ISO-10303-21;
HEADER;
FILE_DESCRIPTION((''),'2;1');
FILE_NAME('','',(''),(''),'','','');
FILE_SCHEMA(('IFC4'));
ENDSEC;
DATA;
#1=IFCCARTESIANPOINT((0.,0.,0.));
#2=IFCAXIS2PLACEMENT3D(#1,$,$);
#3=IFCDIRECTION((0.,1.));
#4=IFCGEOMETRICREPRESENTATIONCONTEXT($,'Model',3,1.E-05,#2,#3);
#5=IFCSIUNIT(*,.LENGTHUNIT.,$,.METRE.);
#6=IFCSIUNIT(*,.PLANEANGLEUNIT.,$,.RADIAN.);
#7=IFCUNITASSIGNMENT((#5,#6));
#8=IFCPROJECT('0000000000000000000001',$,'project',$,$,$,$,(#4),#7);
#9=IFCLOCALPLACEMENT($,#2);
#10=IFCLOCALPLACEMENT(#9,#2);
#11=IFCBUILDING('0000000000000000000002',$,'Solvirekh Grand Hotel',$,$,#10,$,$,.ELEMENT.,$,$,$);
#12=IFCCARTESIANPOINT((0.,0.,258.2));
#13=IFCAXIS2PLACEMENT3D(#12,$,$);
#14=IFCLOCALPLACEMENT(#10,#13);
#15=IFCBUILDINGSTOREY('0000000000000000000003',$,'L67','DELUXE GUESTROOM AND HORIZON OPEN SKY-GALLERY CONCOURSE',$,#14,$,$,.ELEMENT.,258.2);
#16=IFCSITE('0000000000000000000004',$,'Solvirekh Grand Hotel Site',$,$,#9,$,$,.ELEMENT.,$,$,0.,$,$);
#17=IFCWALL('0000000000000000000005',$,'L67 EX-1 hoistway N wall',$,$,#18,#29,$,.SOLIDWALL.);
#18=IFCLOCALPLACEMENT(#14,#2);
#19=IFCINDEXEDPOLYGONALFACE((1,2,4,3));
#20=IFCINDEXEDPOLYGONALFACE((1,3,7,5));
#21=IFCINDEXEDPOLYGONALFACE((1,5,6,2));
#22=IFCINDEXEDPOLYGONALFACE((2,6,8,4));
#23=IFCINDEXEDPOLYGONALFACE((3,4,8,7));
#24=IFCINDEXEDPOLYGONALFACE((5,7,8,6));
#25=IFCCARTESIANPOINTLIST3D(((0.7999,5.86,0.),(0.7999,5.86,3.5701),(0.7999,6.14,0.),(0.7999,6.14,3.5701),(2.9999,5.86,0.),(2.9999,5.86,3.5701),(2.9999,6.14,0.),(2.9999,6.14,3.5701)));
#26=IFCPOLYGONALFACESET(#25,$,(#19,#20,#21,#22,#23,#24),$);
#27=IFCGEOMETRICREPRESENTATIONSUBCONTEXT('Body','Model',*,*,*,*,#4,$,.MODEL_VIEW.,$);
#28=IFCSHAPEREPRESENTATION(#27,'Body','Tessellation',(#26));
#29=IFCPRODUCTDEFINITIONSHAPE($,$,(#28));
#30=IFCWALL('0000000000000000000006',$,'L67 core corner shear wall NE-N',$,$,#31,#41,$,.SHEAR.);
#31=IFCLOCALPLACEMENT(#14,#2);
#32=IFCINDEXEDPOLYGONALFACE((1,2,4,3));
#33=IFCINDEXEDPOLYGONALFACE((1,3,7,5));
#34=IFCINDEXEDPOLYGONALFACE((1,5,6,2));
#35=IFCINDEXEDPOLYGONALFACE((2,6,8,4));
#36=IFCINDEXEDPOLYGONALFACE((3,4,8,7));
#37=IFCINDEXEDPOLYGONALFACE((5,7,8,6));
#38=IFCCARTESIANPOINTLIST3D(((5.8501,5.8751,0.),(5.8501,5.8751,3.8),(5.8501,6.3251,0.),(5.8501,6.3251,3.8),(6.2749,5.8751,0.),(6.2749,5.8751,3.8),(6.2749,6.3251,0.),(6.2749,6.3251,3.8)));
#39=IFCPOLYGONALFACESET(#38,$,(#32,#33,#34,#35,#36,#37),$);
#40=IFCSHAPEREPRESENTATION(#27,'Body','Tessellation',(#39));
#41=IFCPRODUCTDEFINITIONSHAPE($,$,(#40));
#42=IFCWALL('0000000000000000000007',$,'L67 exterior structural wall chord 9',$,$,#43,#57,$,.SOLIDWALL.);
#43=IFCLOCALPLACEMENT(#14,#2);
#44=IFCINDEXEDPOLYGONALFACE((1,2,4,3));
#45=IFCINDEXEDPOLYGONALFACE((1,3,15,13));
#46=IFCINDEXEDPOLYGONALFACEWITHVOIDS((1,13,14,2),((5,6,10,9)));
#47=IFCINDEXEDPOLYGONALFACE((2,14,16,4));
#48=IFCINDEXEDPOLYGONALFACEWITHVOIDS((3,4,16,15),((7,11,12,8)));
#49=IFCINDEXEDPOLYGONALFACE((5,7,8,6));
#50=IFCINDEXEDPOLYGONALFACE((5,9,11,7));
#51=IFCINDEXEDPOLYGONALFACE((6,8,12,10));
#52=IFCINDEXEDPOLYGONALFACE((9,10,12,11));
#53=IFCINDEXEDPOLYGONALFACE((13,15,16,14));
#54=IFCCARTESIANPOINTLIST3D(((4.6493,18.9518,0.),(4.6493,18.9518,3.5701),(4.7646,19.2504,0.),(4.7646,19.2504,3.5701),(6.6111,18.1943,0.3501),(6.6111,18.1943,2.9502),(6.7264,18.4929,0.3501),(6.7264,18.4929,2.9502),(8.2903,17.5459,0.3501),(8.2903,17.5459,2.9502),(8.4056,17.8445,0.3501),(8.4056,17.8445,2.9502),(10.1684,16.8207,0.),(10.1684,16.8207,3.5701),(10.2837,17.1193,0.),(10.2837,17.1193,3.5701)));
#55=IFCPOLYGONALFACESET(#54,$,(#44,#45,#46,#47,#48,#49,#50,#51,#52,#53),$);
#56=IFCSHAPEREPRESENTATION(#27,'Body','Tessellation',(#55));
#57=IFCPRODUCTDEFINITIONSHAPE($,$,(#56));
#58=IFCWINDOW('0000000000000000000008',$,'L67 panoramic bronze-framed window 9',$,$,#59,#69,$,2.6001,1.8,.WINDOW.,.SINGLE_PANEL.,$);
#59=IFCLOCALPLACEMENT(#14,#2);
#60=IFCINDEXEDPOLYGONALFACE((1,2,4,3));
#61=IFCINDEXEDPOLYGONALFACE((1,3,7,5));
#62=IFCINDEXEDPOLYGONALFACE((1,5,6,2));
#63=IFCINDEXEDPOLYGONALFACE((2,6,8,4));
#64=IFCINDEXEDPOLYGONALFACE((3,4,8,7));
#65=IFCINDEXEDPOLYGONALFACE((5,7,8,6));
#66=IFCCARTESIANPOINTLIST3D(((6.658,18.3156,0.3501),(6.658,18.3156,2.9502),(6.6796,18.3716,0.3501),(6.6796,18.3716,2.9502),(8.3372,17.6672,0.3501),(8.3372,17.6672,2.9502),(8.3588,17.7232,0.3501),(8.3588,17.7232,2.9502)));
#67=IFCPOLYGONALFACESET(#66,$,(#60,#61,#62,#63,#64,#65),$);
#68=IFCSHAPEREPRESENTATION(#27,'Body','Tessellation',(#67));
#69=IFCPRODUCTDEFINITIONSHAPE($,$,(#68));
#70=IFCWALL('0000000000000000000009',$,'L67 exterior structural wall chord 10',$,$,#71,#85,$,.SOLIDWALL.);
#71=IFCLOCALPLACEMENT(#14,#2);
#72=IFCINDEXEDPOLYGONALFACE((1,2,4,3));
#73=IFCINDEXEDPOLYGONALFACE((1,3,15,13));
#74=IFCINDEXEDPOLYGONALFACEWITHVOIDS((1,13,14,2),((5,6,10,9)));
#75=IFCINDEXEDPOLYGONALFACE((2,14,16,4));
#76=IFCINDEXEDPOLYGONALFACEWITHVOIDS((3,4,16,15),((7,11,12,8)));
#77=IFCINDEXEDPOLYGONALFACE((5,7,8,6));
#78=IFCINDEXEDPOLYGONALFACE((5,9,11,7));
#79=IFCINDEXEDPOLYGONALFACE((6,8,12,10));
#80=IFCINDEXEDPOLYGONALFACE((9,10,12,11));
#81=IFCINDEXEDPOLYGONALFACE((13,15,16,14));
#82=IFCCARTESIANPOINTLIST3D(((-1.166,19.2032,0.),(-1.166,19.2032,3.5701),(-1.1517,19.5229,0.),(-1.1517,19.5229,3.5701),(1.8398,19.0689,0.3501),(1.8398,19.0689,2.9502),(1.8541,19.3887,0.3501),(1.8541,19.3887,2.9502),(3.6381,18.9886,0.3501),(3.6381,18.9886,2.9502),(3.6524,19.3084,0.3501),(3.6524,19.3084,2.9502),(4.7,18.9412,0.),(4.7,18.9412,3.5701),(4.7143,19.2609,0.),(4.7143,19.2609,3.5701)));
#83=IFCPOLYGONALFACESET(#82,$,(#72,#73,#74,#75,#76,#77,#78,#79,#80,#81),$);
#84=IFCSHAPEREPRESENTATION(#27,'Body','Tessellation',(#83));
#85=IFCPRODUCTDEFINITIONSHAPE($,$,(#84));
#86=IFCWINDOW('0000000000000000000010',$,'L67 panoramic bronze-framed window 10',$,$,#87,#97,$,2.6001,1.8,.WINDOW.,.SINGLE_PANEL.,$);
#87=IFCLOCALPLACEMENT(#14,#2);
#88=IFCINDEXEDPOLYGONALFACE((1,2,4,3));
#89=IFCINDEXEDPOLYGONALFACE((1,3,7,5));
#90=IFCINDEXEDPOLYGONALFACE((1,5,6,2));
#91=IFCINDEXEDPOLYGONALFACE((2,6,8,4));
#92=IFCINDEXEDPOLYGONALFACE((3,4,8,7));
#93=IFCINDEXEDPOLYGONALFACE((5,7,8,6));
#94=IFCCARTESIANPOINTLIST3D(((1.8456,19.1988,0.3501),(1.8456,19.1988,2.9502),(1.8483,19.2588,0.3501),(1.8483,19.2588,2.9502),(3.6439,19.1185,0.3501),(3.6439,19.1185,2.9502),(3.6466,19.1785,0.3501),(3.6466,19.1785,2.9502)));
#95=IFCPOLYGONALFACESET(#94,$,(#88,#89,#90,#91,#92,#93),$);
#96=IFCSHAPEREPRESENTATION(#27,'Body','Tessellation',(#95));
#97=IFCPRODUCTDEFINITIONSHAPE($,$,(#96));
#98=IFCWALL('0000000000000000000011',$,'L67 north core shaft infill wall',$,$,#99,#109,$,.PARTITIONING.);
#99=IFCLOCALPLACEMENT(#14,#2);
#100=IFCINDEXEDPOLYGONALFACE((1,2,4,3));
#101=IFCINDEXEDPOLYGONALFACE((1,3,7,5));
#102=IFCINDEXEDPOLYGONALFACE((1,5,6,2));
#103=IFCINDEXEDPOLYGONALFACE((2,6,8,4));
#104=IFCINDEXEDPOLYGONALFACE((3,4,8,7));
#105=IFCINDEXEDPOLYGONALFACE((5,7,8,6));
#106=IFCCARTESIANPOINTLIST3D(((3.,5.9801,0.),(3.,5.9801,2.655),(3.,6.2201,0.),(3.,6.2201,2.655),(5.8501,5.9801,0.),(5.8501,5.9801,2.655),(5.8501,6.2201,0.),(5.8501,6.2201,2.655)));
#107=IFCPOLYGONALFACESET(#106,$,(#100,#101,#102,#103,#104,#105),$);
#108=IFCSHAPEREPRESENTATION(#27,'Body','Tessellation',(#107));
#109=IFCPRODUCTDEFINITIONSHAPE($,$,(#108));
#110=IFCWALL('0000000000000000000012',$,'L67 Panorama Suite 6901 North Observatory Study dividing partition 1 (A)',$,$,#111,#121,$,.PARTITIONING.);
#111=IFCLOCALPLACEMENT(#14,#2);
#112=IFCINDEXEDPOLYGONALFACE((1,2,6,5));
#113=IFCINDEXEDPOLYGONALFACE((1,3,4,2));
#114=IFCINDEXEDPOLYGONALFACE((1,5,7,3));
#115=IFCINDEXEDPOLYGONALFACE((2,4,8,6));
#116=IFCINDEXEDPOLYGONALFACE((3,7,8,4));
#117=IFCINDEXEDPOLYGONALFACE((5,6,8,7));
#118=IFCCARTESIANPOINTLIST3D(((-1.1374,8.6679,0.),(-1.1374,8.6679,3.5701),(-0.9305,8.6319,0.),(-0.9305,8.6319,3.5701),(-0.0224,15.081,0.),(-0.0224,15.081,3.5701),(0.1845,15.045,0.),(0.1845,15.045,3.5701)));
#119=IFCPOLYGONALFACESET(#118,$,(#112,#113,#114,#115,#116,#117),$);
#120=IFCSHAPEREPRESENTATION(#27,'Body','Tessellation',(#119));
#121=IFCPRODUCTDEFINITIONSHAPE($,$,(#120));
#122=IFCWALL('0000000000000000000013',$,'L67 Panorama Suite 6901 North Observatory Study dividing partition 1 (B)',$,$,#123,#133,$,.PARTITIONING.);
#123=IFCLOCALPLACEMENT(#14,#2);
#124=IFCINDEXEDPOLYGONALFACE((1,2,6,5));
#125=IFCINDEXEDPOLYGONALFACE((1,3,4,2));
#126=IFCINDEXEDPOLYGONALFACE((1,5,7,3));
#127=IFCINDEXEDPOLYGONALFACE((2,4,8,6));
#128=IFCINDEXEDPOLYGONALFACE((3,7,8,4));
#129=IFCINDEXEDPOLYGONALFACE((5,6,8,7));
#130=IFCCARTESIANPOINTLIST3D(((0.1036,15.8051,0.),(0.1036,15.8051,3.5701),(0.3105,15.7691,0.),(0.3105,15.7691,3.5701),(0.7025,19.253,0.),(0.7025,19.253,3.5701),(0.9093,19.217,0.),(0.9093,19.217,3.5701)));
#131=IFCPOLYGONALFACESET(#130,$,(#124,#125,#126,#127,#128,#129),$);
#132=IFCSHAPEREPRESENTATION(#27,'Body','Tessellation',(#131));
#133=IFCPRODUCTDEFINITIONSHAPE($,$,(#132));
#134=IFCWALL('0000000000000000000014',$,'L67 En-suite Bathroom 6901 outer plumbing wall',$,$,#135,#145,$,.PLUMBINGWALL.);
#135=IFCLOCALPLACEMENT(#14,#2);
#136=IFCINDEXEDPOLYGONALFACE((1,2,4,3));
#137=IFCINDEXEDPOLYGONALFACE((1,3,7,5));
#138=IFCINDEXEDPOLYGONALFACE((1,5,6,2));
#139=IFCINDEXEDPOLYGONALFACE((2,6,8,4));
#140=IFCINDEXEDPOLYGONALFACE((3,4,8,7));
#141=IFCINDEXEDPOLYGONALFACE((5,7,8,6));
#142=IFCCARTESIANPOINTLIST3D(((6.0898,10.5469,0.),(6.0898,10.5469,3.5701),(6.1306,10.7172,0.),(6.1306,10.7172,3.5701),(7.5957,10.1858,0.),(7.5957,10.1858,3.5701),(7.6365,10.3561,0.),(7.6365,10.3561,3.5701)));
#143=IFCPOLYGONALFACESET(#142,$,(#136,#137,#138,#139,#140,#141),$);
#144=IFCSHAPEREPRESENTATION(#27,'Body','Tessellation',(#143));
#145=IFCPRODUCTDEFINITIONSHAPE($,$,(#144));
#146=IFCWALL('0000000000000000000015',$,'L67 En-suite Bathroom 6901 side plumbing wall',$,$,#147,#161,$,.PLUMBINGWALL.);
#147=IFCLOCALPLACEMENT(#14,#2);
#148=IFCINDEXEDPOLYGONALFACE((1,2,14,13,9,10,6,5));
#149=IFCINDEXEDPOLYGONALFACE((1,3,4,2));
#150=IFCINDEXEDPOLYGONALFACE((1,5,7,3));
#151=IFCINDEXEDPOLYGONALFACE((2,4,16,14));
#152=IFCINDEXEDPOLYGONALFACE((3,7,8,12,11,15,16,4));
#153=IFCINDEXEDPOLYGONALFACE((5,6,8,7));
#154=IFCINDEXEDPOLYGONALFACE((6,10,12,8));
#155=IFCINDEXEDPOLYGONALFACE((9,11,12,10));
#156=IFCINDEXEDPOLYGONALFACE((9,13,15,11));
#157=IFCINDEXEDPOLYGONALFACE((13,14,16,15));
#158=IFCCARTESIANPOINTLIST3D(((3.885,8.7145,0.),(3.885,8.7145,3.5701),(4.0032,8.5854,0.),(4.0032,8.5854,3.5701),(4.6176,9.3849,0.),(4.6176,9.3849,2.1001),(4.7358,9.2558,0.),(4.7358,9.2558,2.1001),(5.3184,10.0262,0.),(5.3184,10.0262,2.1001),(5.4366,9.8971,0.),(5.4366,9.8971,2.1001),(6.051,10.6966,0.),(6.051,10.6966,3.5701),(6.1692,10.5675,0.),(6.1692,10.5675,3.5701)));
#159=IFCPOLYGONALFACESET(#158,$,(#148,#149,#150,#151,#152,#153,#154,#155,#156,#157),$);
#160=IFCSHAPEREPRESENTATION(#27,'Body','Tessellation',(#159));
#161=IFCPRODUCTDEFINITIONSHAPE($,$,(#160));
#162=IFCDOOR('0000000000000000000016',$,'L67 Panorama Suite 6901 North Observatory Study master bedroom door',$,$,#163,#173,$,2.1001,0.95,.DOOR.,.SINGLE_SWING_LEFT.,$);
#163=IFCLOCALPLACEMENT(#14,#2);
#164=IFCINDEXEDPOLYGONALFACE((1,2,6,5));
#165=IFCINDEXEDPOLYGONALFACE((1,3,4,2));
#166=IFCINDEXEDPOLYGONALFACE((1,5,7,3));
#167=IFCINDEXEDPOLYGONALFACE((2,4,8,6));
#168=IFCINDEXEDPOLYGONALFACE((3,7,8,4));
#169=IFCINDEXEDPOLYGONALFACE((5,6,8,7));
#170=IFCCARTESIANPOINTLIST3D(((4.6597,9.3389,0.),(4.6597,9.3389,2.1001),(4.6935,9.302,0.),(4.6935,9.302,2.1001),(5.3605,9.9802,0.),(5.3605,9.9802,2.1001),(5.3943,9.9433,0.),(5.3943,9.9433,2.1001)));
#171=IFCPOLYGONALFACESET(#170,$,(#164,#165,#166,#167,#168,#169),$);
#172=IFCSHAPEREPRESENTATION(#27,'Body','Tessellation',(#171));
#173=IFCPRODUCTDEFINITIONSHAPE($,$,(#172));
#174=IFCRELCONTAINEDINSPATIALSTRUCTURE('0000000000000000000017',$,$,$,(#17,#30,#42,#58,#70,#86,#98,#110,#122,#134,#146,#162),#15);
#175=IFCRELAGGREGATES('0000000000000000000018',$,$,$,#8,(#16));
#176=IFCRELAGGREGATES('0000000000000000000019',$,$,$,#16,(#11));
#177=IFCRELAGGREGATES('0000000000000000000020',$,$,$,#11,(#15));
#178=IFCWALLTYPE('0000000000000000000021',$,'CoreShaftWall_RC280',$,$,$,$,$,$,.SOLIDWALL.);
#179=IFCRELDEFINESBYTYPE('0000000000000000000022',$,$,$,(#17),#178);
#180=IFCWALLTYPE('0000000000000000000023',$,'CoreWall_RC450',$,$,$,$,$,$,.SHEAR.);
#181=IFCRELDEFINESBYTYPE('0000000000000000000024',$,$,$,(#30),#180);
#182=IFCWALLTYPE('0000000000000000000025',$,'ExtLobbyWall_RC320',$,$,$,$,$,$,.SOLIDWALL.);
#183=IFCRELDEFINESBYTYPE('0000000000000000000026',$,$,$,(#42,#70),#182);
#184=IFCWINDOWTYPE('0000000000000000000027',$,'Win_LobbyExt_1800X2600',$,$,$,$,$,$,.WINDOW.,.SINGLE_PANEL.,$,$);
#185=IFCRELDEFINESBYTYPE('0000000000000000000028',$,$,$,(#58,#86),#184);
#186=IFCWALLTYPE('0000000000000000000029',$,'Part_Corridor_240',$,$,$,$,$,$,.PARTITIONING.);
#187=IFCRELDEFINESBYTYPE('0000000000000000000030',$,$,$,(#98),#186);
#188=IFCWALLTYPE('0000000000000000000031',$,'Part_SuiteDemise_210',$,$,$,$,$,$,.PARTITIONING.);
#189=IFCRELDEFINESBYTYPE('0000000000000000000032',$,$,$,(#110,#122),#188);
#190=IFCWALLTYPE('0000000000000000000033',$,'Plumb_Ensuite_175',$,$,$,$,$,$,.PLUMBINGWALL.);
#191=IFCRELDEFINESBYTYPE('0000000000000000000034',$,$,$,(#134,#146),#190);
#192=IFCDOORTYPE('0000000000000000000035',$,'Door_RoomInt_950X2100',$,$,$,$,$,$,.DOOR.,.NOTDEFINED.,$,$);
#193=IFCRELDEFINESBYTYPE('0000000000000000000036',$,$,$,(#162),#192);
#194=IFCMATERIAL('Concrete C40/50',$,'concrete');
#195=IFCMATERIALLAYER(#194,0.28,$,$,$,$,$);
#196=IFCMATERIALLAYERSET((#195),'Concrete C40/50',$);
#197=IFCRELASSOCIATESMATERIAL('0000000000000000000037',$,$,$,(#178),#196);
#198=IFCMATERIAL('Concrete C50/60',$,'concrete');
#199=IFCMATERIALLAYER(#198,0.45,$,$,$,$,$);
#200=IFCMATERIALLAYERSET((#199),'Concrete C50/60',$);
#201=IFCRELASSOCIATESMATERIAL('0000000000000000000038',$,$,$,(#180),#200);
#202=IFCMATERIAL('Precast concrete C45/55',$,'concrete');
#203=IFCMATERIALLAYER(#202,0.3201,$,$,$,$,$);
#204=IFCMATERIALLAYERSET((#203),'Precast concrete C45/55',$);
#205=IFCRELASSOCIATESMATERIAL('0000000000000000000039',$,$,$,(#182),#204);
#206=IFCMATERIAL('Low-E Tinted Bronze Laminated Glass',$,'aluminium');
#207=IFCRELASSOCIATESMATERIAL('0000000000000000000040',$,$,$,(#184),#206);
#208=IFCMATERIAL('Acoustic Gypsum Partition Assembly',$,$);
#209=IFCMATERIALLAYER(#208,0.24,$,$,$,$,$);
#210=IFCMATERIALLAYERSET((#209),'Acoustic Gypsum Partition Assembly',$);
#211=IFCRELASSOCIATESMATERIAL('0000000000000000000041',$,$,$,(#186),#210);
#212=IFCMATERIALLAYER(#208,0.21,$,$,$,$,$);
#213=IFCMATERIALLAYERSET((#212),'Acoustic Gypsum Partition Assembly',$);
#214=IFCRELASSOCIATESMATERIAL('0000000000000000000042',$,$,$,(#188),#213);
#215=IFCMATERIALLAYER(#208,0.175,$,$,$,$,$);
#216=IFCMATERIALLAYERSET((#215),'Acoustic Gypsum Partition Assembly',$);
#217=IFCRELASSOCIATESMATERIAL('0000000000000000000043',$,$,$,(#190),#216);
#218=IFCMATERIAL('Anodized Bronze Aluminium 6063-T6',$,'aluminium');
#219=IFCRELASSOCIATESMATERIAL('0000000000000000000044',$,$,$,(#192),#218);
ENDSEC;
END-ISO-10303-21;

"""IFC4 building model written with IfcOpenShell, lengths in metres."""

from ifc_helpers import new_model, si_unit, direction, frame, frame_2d, origin, place, context, subcontext, project, spatial, rectangle, extrude, material, layer, layer_set, type_object, element, fill, save


model = new_model("IFC4")

# Units and contexts
model_context = context("Model", 3, precision=1e-05, world=origin(), true_north=direction((0.0, 1.0)))
body_context = subcontext(model_context, "Body", "Model", "MODEL_VIEW")
ifc_project = project(units=[si_unit("LENGTHUNIT", "METRE"), si_unit("PLANEANGLEUNIT", "RADIAN")], contexts=[model_context])

# Site, building, storey
site_placement = place(None, origin())
site = spatial("IfcSite", under=ifc_project, at=site_placement, Name="Solvirekh Grand Hotel Site", CompositionType="ELEMENT", RefElevation=0.0)
building_placement = place(site_placement, origin())
building = spatial("IfcBuilding", under=site, at=building_placement, Name="Solvirekh Grand Hotel", CompositionType="ELEMENT")
storey_placement = place(building_placement, frame((0.0, 0.0, 258.2)))
storey = spatial("IfcBuildingStorey", under=building, at=storey_placement, Name="L67", Description="DELUXE GUESTROOM AND HORIZON OPEN SKY-GALLERY CONCOURSE", CompositionType="ELEMENT", Elevation=258.2)

# Shared definitions
ifc_material_1 = material(Name="Concrete C50/60", Category="concrete")

# Shared definitions
ifc_material_2 = material(Name="Anodized Bronze Aluminium 6063-T6", Category="aluminium")

# Walls
ifc_material_3 = material(Name="Concrete C40/50", Category="concrete")
ifc_layer_1 = layer(ifc_material_3, 0.28)
ifc_layer_set_1 = layer_set([ifc_layer_1], Name="Concrete C40/50")
wall_type_1 = type_object("IfcWallType", Name="CoreShaftWall_RC280", PredefinedType="SOLIDWALL", material=ifc_layer_set_1)
wall_1_placement = place(storey_placement, frame((3.0, 6.0, 0.0), z_axis=(0.0, 0.0, 1.0), x_axis=(-1.0, 0.0, 0.0)))
element("IfcWall", 1, at=wall_1_placement, inside=storey, type_object=wall_type_1, Name="L67 EX-1 hoistway N wall", PredefinedType="SOLIDWALL", context=body_context, shape_type="SweptSolid", body=[
    extrude(rectangle(XDim=2.2, YDim=0.28, at=frame_2d((1.1001, 0.0))), origin(), (0.0, 0.0, 1.0), 3.5701),
])
ifc_layer_2 = layer(ifc_material_1, 0.45)
ifc_layer_set_2 = layer_set([ifc_layer_2], Name="Concrete C50/60")
wall_type_2 = type_object("IfcWallType", Name="CoreWall_RC450", PredefinedType="SHEAR", material=ifc_layer_set_2)
wall_2_placement = place(storey_placement, frame((5.8501, 6.1001, 0.0), z_axis=(0.0, 0.0, 1.0), x_axis=(1.0, 0.0, 0.0)))
element("IfcWall", 2, at=wall_2_placement, inside=storey, type_object=wall_type_2, Name="L67 core corner shear wall NE-N", PredefinedType="SHEAR", context=body_context, shape_type="SweptSolid", body=[
    extrude(rectangle(XDim=0.4248, YDim=0.45, at=frame_2d((0.2124, 0.0))), origin(), (0.0, 0.0, 1.0), 3.8),
])

# Walls, openings, windows
ifc_material_4 = material(Name="Precast concrete C45/55", Category="concrete")
ifc_layer_3 = layer(ifc_material_4, 0.3201)
ifc_layer_set_3 = layer_set([ifc_layer_3], Name="Precast concrete C45/55")
wall_type_3 = type_object("IfcWallType", Name="ExtLobbyWall_RC320", PredefinedType="SOLIDWALL", material=ifc_layer_set_3)
wall_3_placement = place(storey_placement, frame((4.707, 19.1011, 0.0), z_axis=(0.0, 0.0, 1.0), x_axis=(0.932869, -0.360215, 0.0)))
wall_3 = element("IfcWall", 3, at=wall_3_placement, inside=storey, type_object=wall_type_3, Name="L67 exterior structural wall chord 9", PredefinedType="SOLIDWALL", context=body_context, shape_type="SweptSolid", body=[
    extrude(rectangle(XDim=5.9163, YDim=0.3201, at=frame_2d((2.958, 0.0))), origin(), (0.0, 0.0, 1.0), 3.5701),
])
opening_1_placement = place(wall_3_placement, frame((2.103, 0.0, 0.3501)))
opening_1 = element("IfcOpeningElement", 4, at=opening_1_placement, cuts=wall_3, PredefinedType="OPENING", context=body_context, shape_type="SweptSolid", body=[
    extrude(rectangle(XDim=1.8, YDim=2.6001, at=frame_2d((0.8999, 1.3))), frame((0.0, 0.1699, 0.0), z_axis=(0.0, -1.0, 0.0), x_axis=(1.0, 0.0, 0.0)), (0.0, 0.0, 1.0), 0.3401),
])
ifc_material_5 = material(Name="Low-E Tinted Bronze Laminated Glass", Category="aluminium")
window_type = type_object("IfcWindowType", Name="Win_LobbyExt_1800X2600", PartitioningType="SINGLE_PANEL", PredefinedType="WINDOW", material=ifc_material_5)
window_1_placement = place(opening_1_placement, origin())
window_1 = element("IfcWindow", 5, at=window_1_placement, inside=storey, type_object=window_type, Name="L67 panoramic bronze-framed window 9", OverallHeight=2.6001, OverallWidth=1.8, PartitioningType="SINGLE_PANEL", PredefinedType="WINDOW", context=body_context, shape_type="SweptSolid", body=[
    extrude(rectangle(XDim=1.8, YDim=2.6001, at=frame_2d((0.8999, 1.3))), frame((0.0, 0.03, 0.0), z_axis=(0.0, -1.0, 0.0), x_axis=(1.0, 0.0, 0.0)), (0.0, 0.0, 1.0), 0.0601),
])
fill(opening_1, window_1)
wall_4_placement = place(storey_placement, frame((-1.1589, 19.363, 0.0), z_axis=(0.0, 0.0, 1.0), x_axis=(0.999004, -0.044614, 0.0)))
wall_4 = element("IfcWall", 6, at=wall_4_placement, inside=storey, type_object=wall_type_3, Name="L67 exterior structural wall chord 10", PredefinedType="SOLIDWALL", context=body_context, shape_type="SweptSolid", body=[
    extrude(rectangle(XDim=5.8718, YDim=0.3201, at=frame_2d((2.936, 0.0))), origin(), (0.0, 0.0, 1.0), 3.5701),
])
opening_2_placement = place(wall_4_placement, frame((3.009, 0.0, 0.3501)))
opening_2 = element("IfcOpeningElement", 7, at=opening_2_placement, cuts=wall_4, PredefinedType="OPENING", context=body_context, shape_type="SweptSolid", body=[
    extrude(rectangle(XDim=1.8, YDim=2.6001, at=frame_2d((0.8999, 1.3))), frame((0.0, 0.1699, 0.0), z_axis=(0.0, -1.0, 0.0), x_axis=(1.0, 0.0, 0.0)), (0.0, 0.0, 1.0), 0.3401),
])
window_2_placement = place(opening_2_placement, origin())
window_2 = element("IfcWindow", 8, at=window_2_placement, inside=storey, type_object=window_type, Name="L67 panoramic bronze-framed window 10", OverallHeight=2.6001, OverallWidth=1.8, PartitioningType="SINGLE_PANEL", PredefinedType="WINDOW", context=body_context, shape_type="SweptSolid", body=[
    extrude(rectangle(XDim=1.8, YDim=2.6001, at=frame_2d((0.8999, 1.3))), frame((0.0, 0.03, 0.0), z_axis=(0.0, -1.0, 0.0), x_axis=(1.0, 0.0, 0.0)), (0.0, 0.0, 1.0), 0.0601),
])
fill(opening_2, window_2)

# Walls
ifc_material_6 = material(Name="Acoustic Gypsum Partition Assembly")
ifc_layer_4 = layer(ifc_material_6, 0.24)
ifc_layer_set_4 = layer_set([ifc_layer_4], Name="Acoustic Gypsum Partition Assembly")
wall_type_4 = type_object("IfcWallType", Name="Part_Corridor_240", PredefinedType="PARTITIONING", material=ifc_layer_set_4)
wall_5_placement = place(storey_placement, frame((3.0, 6.1001, 0.0), z_axis=(0.0, 0.0, 1.0), x_axis=(1.0, 0.0, 0.0)))
element("IfcWall", 9, at=wall_5_placement, inside=storey, type_object=wall_type_4, Name="L67 north core shaft infill wall", PredefinedType="PARTITIONING", context=body_context, shape_type="SweptSolid", body=[
    extrude(rectangle(XDim=2.8501, YDim=0.24, at=frame_2d((1.425, 0.0))), origin(), (0.0, 0.0, 1.0), 2.655),
])
ifc_layer_5 = layer(ifc_material_6, 0.21)
ifc_layer_set_5 = layer_set([ifc_layer_5], Name="Acoustic Gypsum Partition Assembly")
wall_type_5 = type_object("IfcWallType", Name="Part_SuiteDemise_210", PredefinedType="PARTITIONING", material=ifc_layer_set_5)
wall_6_placement = place(storey_placement, frame((-1.0339, 8.6499, 0.0), z_axis=(0.0, 0.0, 1.0), x_axis=(0.171292, 0.98522, 0.0)))
element("IfcWall", 10, at=wall_6_placement, inside=storey, type_object=wall_type_5, Name="L67 Panorama Suite 6901 North Observatory Study dividing partition 1 (A)", PredefinedType="PARTITIONING", context=body_context, shape_type="SweptSolid", body=[
    extrude(rectangle(XDim=6.5093, YDim=0.21, at=frame_2d((3.2546, 0.0))), origin(), (0.0, 0.0, 1.0), 3.5701),
])
wall_7_placement = place(storey_placement, frame((0.207, 15.7871, 0.0), z_axis=(0.0, 0.0, 1.0), x_axis=(0.171126, 0.985249, 0.0)))
element("IfcWall", 11, at=wall_7_placement, inside=storey, type_object=wall_type_5, Name="L67 Panorama Suite 6901 North Observatory Study dividing partition 1 (B)", PredefinedType="PARTITIONING", context=body_context, shape_type="SweptSolid", body=[
    extrude(rectangle(XDim=3.4995, YDim=0.21, at=frame_2d((1.7498, 0.0))), origin(), (0.0, 0.0, 1.0), 3.5701),
])
ifc_layer_6 = layer(ifc_material_6, 0.175)
ifc_layer_set_6 = layer_set([ifc_layer_6], Name="Acoustic Gypsum Partition Assembly")
wall_type_6 = type_object("IfcWallType", Name="Plumb_Ensuite_175", PredefinedType="PLUMBINGWALL", material=ifc_layer_set_6)
wall_8_placement = place(storey_placement, frame((6.1101, 10.6321, 0.0), z_axis=(0.0, 0.0, 1.0), x_axis=(0.972435, -0.233176, 0.0)))
element("IfcWall", 12, at=wall_8_placement, inside=storey, type_object=wall_type_6, Name="L67 En-suite Bathroom 6901 outer plumbing wall", PredefinedType="PLUMBINGWALL", context=body_context, shape_type="SweptSolid", body=[
    extrude(rectangle(XDim=1.5486, YDim=0.175, at=frame_2d((0.7744, 0.0))), origin(), (0.0, 0.0, 1.0), 3.5701),
])

# Wall, opening, door
wall_9_placement = place(storey_placement, frame((6.1101, 10.6321, 0.0), z_axis=(0.0, 0.0, 1.0), x_axis=(-0.73772, -0.675107, 0.0)))
wall_9 = element("IfcWall", 13, at=wall_9_placement, inside=storey, type_object=wall_type_6, Name="L67 En-suite Bathroom 6901 side plumbing wall", PredefinedType="PLUMBINGWALL", context=body_context, shape_type="SweptSolid", body=[
    extrude(rectangle(XDim=2.936, YDim=0.175, at=frame_2d((1.468, 0.0))), origin(), (0.0, 0.0, 1.0), 3.5701),
])
opening_3_placement = place(wall_9_placement, frame((0.9929, 0.0, 0.0)))
opening_3 = element("IfcOpeningElement", 14, at=opening_3_placement, cuts=wall_9, PredefinedType="OPENING", context=body_context, shape_type="SweptSolid", body=[
    extrude(rectangle(XDim=0.95, YDim=2.1001, at=frame_2d((0.4751, 1.05))), frame((0.0, 0.0977, 0.0), z_axis=(0.0, -1.0, 0.0), x_axis=(1.0, 0.0, 0.0)), (0.0, 0.0, 1.0), 0.1951),
])
door_type_1 = type_object("IfcDoorType", Name="Door_RoomInt_950X2100", OperationType="NOTDEFINED", PredefinedType="DOOR", material=ifc_material_2)
door_1_placement = place(opening_3_placement, origin())
door_1 = element("IfcDoor", 15, at=door_1_placement, inside=storey, type_object=door_type_1, Name="L67 Panorama Suite 6901 North Observatory Study master bedroom door", OperationType="SINGLE_SWING_LEFT", OverallHeight=2.1001, OverallWidth=0.95, PredefinedType="DOOR", context=body_context, shape_type="SweptSolid", body=[
    extrude(rectangle(XDim=0.95, YDim=2.1001, at=frame_2d((0.4751, 1.05))), frame((0.0, 0.0249, 0.0), z_axis=(0.0, -1.0, 0.0), x_axis=(1.0, 0.0, 0.0)), (0.0, 0.0, 1.0), 0.05),
])
fill(opening_3, door_1)

save(model, "model.ifc")
